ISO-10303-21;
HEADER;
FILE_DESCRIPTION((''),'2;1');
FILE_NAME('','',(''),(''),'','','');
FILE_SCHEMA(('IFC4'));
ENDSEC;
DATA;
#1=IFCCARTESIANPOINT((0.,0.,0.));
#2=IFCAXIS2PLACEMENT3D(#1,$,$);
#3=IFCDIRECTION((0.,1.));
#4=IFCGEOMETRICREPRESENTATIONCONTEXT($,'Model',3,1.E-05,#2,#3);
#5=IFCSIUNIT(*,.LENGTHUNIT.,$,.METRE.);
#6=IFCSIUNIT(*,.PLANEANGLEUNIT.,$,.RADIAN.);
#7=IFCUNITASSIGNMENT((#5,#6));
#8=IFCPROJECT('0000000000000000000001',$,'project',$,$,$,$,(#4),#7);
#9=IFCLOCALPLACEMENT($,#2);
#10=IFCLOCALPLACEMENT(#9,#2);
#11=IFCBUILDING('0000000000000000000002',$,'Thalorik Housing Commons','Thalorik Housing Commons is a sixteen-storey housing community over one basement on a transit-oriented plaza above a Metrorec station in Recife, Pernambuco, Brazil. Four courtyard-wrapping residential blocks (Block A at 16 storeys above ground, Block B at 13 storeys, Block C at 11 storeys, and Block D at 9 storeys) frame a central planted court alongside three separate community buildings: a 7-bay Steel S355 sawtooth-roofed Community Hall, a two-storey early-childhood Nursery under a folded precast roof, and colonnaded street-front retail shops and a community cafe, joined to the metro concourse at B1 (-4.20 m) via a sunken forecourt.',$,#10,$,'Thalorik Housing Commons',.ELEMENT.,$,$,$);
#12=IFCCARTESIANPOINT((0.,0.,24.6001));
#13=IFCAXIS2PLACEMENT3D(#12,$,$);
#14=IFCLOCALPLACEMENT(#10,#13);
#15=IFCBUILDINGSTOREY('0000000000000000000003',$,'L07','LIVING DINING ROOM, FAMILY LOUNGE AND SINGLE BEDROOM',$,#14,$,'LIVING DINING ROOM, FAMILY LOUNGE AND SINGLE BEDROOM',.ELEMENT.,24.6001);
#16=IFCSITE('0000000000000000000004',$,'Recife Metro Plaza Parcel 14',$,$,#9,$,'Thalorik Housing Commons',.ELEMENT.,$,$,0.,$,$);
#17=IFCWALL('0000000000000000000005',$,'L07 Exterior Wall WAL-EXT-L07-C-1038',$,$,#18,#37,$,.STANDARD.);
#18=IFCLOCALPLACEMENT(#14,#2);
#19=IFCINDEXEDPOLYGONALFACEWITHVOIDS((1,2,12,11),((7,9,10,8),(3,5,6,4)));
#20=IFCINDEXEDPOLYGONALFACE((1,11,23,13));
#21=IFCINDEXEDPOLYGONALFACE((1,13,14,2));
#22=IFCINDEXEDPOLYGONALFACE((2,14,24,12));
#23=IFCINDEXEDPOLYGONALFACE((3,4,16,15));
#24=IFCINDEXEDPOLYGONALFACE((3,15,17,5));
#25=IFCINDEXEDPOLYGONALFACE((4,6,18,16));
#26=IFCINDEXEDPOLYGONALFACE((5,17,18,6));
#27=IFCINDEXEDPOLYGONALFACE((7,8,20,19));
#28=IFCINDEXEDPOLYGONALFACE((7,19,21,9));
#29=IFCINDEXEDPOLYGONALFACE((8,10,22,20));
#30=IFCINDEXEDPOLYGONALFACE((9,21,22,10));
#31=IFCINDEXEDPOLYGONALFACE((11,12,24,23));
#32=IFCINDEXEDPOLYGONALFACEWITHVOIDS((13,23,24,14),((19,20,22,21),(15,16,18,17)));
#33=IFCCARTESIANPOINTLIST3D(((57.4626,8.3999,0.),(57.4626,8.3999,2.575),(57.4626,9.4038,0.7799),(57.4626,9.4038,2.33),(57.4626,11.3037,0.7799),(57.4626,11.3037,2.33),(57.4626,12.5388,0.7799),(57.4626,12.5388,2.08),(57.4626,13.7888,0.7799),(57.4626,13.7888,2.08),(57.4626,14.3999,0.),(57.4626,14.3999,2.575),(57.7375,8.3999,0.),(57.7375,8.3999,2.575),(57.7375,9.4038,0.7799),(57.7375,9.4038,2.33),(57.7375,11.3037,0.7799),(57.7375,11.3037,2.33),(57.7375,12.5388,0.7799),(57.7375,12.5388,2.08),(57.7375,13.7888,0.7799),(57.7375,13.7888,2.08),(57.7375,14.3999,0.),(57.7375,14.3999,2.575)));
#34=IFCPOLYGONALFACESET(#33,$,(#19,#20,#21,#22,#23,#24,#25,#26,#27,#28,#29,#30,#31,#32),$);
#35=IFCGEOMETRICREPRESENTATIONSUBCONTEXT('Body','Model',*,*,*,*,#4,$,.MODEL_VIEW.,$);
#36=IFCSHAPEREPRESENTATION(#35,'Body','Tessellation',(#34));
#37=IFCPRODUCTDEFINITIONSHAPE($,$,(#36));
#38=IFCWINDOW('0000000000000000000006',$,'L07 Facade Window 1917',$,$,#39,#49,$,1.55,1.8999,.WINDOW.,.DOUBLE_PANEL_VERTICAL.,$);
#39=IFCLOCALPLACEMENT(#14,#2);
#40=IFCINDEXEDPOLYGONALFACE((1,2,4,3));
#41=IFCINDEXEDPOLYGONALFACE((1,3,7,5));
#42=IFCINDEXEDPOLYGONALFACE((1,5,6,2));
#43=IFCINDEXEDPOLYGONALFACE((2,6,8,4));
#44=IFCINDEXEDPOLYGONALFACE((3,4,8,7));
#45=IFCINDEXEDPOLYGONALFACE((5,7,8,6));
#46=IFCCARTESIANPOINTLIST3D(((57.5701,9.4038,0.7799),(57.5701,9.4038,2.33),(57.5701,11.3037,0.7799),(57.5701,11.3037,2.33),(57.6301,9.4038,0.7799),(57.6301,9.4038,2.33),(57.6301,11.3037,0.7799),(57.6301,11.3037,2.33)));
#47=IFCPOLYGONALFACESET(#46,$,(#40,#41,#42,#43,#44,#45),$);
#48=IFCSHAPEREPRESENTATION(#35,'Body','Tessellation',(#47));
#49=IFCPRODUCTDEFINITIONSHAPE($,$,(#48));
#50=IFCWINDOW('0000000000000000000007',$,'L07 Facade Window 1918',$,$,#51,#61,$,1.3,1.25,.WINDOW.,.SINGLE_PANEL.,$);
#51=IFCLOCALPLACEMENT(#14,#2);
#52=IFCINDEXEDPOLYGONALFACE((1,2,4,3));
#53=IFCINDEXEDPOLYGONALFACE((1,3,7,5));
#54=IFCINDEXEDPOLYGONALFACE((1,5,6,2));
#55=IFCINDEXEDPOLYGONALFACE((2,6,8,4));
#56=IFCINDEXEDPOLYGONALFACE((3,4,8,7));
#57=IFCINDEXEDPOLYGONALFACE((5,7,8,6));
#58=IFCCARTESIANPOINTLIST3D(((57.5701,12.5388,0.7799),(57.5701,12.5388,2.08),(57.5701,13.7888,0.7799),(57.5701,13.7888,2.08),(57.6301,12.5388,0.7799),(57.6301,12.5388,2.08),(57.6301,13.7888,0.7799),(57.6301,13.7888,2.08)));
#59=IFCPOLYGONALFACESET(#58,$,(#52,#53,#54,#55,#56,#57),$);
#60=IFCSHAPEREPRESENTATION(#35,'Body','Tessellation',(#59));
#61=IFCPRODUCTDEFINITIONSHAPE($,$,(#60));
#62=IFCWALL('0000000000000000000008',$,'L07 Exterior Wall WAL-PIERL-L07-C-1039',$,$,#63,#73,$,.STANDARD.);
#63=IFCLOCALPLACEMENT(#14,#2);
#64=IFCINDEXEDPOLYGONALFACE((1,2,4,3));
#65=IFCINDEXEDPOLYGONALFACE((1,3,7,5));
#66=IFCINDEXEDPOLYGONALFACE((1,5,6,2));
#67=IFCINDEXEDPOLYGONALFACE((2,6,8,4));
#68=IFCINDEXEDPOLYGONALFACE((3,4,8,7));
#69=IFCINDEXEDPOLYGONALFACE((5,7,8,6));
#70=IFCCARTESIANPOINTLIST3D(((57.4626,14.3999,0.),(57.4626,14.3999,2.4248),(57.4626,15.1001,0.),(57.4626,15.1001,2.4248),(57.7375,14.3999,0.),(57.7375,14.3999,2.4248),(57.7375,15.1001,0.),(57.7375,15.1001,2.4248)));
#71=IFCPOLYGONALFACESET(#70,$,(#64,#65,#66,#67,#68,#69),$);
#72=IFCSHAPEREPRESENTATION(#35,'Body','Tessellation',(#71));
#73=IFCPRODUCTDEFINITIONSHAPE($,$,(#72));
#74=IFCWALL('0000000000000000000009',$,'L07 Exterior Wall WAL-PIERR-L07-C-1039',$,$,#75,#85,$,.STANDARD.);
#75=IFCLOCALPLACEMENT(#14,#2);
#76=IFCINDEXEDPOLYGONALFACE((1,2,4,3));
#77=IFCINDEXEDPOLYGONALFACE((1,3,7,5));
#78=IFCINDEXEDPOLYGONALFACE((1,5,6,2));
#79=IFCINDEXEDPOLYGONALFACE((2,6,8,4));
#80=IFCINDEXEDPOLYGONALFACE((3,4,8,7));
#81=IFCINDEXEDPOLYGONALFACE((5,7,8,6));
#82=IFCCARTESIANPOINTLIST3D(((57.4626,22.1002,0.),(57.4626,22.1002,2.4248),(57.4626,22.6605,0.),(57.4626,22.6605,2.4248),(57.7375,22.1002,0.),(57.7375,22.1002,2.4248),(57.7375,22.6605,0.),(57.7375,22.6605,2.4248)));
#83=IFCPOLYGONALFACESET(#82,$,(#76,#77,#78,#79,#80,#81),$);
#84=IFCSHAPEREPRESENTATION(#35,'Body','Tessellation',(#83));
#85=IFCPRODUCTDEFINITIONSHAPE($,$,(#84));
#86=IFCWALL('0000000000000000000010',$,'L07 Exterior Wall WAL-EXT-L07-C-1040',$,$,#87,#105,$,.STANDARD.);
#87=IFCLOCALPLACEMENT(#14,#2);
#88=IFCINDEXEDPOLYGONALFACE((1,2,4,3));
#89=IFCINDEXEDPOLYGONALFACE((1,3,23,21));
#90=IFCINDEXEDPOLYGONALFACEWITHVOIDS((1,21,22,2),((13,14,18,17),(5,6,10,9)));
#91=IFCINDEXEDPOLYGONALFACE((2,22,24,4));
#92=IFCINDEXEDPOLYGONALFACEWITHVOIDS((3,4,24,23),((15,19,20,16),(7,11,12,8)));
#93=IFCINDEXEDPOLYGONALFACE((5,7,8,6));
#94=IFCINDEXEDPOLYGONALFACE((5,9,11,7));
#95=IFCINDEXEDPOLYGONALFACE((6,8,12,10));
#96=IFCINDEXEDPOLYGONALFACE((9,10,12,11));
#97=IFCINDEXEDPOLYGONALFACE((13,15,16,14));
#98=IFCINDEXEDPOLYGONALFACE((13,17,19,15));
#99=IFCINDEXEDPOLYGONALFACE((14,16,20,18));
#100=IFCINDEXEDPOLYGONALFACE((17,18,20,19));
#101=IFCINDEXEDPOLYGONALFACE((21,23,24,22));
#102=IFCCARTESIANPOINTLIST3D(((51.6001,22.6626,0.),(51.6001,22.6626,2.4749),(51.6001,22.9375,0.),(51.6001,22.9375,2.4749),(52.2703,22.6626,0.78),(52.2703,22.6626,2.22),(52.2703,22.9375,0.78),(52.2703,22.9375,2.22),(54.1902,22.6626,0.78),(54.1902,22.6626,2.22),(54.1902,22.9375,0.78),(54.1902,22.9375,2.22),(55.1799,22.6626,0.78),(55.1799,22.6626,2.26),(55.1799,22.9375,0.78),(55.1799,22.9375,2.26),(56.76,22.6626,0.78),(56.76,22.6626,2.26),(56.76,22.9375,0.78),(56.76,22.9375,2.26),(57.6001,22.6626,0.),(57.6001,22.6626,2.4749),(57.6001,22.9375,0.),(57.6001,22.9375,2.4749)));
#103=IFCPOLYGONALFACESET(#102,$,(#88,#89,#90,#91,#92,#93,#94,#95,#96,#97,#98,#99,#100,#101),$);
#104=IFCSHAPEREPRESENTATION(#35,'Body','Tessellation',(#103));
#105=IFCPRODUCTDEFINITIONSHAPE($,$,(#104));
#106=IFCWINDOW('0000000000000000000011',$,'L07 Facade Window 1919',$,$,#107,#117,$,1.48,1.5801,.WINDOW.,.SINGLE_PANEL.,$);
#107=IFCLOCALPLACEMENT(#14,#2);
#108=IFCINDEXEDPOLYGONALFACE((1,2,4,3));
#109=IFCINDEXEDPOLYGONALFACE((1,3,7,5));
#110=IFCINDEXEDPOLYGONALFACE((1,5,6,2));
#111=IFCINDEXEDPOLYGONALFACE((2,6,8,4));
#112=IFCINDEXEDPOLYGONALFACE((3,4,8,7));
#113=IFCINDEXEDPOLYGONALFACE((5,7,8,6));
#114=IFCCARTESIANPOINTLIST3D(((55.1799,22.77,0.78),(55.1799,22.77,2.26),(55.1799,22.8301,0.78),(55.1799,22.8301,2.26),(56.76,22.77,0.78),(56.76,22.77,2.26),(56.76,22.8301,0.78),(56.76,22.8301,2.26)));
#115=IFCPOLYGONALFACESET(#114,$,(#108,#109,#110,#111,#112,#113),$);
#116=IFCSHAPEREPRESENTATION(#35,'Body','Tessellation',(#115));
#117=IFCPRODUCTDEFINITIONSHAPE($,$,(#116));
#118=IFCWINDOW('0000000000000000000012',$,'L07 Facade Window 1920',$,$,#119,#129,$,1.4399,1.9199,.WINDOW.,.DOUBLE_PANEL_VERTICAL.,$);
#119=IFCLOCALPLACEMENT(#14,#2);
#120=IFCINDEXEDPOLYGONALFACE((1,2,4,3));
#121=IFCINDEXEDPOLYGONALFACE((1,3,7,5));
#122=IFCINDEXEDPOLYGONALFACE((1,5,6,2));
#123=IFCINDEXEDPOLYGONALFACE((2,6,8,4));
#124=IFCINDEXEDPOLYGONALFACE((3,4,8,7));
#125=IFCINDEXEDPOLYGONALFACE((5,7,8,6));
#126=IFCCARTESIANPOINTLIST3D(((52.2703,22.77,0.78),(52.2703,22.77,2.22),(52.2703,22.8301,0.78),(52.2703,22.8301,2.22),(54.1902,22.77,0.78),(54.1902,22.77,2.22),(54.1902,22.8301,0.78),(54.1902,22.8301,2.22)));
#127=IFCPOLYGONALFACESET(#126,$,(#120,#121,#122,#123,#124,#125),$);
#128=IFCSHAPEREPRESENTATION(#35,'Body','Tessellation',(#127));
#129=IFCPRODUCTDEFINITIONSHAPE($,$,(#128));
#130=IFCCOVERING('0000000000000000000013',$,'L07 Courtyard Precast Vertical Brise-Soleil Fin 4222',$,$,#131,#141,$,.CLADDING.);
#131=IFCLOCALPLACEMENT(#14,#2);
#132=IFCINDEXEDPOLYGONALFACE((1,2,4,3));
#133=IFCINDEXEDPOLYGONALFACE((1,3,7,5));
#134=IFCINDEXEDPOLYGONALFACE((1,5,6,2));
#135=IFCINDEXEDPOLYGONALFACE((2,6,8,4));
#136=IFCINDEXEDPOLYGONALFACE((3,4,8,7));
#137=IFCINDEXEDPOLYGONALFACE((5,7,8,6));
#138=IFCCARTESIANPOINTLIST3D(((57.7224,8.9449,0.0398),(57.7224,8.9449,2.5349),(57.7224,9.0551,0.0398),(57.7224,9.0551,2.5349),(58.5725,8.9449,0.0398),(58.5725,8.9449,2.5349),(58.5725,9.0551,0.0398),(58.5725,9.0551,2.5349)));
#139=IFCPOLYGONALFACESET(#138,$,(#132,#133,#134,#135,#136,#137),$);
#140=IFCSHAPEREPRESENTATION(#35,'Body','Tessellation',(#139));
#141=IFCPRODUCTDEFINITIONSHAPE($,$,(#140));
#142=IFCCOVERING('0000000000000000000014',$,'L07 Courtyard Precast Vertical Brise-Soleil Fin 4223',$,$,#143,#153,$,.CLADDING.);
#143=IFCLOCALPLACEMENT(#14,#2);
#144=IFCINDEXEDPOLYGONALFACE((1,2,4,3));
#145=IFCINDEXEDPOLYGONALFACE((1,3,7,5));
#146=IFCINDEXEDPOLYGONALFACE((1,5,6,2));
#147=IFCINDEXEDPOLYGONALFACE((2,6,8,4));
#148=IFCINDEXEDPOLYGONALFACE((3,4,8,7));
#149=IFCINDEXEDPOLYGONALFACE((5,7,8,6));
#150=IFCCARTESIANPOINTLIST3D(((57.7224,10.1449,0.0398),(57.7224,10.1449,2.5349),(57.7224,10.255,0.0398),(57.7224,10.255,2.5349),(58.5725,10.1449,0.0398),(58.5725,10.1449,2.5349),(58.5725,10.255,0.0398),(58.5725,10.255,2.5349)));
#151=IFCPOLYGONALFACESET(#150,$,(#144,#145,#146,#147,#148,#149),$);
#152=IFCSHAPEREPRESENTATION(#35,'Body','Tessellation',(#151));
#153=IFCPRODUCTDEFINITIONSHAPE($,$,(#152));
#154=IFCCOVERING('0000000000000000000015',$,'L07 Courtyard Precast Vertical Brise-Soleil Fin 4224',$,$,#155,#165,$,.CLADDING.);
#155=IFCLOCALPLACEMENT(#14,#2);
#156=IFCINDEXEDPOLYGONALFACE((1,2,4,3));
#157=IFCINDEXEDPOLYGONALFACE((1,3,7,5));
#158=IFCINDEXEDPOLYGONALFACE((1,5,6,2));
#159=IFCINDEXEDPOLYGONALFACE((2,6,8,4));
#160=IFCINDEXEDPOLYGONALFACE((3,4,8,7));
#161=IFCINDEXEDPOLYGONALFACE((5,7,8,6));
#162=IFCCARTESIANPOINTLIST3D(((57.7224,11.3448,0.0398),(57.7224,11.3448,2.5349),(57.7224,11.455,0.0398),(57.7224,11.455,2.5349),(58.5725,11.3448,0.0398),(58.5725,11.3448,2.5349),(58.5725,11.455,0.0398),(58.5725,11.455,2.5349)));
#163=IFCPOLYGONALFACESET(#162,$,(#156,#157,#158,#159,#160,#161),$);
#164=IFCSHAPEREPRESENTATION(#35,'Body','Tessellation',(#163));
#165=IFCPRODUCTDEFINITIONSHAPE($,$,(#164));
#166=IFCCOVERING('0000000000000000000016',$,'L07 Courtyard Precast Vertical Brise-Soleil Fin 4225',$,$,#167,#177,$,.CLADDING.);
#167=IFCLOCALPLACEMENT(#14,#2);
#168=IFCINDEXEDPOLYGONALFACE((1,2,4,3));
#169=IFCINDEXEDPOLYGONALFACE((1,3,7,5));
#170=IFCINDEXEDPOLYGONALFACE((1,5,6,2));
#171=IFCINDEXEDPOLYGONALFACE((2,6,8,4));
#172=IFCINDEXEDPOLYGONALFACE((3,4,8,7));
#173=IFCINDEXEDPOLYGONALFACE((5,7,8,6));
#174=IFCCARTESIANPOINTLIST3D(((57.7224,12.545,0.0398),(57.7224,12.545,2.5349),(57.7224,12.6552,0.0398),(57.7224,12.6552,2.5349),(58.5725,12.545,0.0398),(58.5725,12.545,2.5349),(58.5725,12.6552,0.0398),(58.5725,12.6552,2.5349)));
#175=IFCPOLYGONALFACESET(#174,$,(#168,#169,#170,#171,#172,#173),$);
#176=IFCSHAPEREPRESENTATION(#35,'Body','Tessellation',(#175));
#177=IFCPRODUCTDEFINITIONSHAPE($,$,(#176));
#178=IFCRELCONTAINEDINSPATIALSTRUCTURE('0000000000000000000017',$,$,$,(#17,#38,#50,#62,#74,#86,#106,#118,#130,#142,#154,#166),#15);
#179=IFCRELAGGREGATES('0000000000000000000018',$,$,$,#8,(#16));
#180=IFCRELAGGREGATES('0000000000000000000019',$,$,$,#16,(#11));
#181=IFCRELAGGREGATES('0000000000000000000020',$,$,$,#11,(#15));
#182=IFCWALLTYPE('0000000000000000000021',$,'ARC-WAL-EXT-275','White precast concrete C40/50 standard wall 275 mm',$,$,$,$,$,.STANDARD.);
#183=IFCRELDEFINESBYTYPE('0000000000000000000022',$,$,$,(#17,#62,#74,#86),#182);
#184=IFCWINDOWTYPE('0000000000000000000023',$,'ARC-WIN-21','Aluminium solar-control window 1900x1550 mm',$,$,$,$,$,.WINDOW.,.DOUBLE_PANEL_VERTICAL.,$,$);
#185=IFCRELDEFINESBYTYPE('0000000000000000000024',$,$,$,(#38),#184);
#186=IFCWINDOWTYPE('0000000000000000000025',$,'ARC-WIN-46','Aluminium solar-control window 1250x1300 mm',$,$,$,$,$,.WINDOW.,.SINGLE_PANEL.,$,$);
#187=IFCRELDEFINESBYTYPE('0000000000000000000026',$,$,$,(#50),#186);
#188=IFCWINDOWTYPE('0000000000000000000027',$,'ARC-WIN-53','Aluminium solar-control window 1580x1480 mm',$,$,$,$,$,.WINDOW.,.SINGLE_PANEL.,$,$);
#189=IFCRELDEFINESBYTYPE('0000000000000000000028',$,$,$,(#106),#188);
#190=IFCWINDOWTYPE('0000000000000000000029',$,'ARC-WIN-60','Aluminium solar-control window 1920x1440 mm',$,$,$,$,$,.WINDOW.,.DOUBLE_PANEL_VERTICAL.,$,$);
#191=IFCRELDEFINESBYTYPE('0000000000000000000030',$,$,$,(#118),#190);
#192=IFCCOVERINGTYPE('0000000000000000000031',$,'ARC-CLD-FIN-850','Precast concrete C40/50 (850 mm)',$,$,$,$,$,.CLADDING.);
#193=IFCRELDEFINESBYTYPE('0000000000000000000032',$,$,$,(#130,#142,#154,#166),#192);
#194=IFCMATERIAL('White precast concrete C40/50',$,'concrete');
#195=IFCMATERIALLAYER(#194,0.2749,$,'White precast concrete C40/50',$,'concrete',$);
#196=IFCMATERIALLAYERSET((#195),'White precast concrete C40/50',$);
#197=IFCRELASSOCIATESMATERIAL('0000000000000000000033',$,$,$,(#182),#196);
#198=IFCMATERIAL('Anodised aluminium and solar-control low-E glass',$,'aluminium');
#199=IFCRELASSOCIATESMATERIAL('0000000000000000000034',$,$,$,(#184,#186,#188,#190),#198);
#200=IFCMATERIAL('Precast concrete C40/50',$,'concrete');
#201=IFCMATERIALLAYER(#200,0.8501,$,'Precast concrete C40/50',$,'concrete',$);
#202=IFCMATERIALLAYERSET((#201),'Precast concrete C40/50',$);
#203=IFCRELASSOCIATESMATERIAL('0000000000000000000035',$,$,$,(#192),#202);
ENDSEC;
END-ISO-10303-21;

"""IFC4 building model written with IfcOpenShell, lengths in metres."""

from ifc_helpers import new_model, si_unit, direction, frame, frame_2d, origin, origin_2d, place, context, subcontext, project, spatial, rectangle, extrude, material, layer, layer_set, type_object, element, fill, save


model = new_model("IFC4")

# Units and contexts
model_context = context("Model", 3, precision=1e-05, world=origin(), true_north=direction((0.0, 1.0)))
body_context = subcontext(model_context, "Body", "Model", "MODEL_VIEW")
ifc_project = project(units=[si_unit("LENGTHUNIT", "METRE"), si_unit("PLANEANGLEUNIT", "RADIAN")], contexts=[model_context])

# Site, building, storey
site_placement = place(None, origin())
site = spatial("IfcSite", under=ifc_project, at=site_placement, Name="Recife Metro Plaza Parcel 14", LongName="Thalorik Housing Commons", CompositionType="ELEMENT", RefElevation=0.0)
building_placement = place(site_placement, origin())
building = spatial("IfcBuilding", under=site, at=building_placement, Name="Thalorik Housing Commons", Description="Thalorik Housing Commons is a sixteen-storey housing community over one basement on a transit-oriented plaza above a Metrorec station in Recife, Pernambuco, Brazil. Four courtyard-wrapping residential blocks (Block A at 16 storeys above ground, Block B at 13 storeys, Block C at 11 storeys, and Block D at 9 storeys) frame a central planted court alongside three separate community buildings: a 7-bay Steel S355 sawtooth-roofed Community Hall, a two-storey early-childhood Nursery under a folded precast roof, and colonnaded street-front retail shops and a community cafe, joined to the metro concourse at B1 (-4.20 m) via a sunken forecourt.", LongName="Thalorik Housing Commons", CompositionType="ELEMENT")
storey_placement = place(building_placement, frame((0.0, 0.0, 24.6001)))
storey = spatial("IfcBuildingStorey", under=building, at=storey_placement, Name="L07", Description="LIVING DINING ROOM, FAMILY LOUNGE AND SINGLE BEDROOM", LongName="LIVING DINING ROOM, FAMILY LOUNGE AND SINGLE BEDROOM", CompositionType="ELEMENT", Elevation=24.6001)

# Shared definitions
ifc_material_1 = material(Name="Precast concrete C40/50", Category="concrete")

# Shared definitions
ifc_material_2 = material(Name="Anodised aluminium and solar-control low-E glass", Category="aluminium")

# Wall, openings, windows
ifc_material_3 = material(Name="White precast concrete C40/50", Category="concrete")
ifc_layer_1 = layer(ifc_material_3, 0.2749, Name="White precast concrete C40/50", Category="concrete")
ifc_layer_set_1 = layer_set([ifc_layer_1], Name="White precast concrete C40/50")
wall_type = type_object("IfcWallType", Name="ARC-WAL-EXT-275", Description="White precast concrete C40/50 standard wall 275 mm", PredefinedType="STANDARD", material=ifc_layer_set_1)
wall_1_placement = place(storey_placement, frame((57.6001, 8.3999, 0.0), z_axis=(0.0, 0.0, 1.0), x_axis=(0.0, 1.0, 0.0)))
wall_1 = element("IfcWall", 1, at=wall_1_placement, inside=storey, type_object=wall_type, Name="L07 Exterior Wall WAL-EXT-L07-C-1038", PredefinedType="STANDARD", context=body_context, shape_type="SweptSolid", body=[
    extrude(rectangle(XDim=6.0, YDim=0.2749, at=frame_2d((3.0, 0.0))), origin(), (0.0, 0.0, 1.0), 2.575),
])
opening_1_placement = place(wall_1_placement, frame((1.0039, 0.0, 0.78)))
opening_1 = element("IfcOpeningElement", 2, at=opening_1_placement, cuts=wall_1, PredefinedType="OPENING", context=body_context, shape_type="SweptSolid", body=[
    extrude(rectangle(XDim=1.8999, YDim=1.55, at=frame_2d((0.95, 0.7749))), frame((0.0, 0.1475, 0.0), z_axis=(0.0, -1.0, 0.0), x_axis=(1.0, 0.0, 0.0)), (0.0, 0.0, 1.0), 0.2949),
])
opening_2_placement = place(wall_1_placement, frame((4.1389, 0.0, 0.78)))
opening_2 = element("IfcOpeningElement", 3, at=opening_2_placement, cuts=wall_1, PredefinedType="OPENING", context=body_context, shape_type="SweptSolid", body=[
    extrude(rectangle(XDim=1.25, YDim=1.3, at=frame_2d((0.625, 0.6499))), frame((0.0, 0.1475, 0.0), z_axis=(0.0, -1.0, 0.0), x_axis=(1.0, 0.0, 0.0)), (0.0, 0.0, 1.0), 0.2949),
])
window_type_1 = type_object("IfcWindowType", Name="ARC-WIN-21", Description="Aluminium solar-control window 1900x1550 mm", PartitioningType="DOUBLE_PANEL_VERTICAL", PredefinedType="WINDOW", material=ifc_material_2)
window_1_placement = place(opening_1_placement, origin())
window_1 = element("IfcWindow", 4, at=window_1_placement, inside=storey, type_object=window_type_1, Name="L07 Facade Window 1917", OverallHeight=1.55, OverallWidth=1.8999, PartitioningType="DOUBLE_PANEL_VERTICAL", PredefinedType="WINDOW", context=body_context, shape_type="SweptSolid", body=[
    extrude(rectangle(XDim=1.8999, YDim=1.55, at=frame_2d((0.95, 0.7749))), frame((0.0, 0.03, 0.0), z_axis=(0.0, -1.0, 0.0), x_axis=(1.0, 0.0, 0.0)), (0.0, 0.0, 1.0), 0.0601),
])
fill(opening_1, window_1)
window_type_2 = type_object("IfcWindowType", Name="ARC-WIN-46", Description="Aluminium solar-control window 1250x1300 mm", PartitioningType="SINGLE_PANEL", PredefinedType="WINDOW", material=ifc_material_2)
window_2_placement = place(opening_2_placement, origin())
window_2 = element("IfcWindow", 5, at=window_2_placement, inside=storey, type_object=window_type_2, Name="L07 Facade Window 1918", OverallHeight=1.3, OverallWidth=1.25, PartitioningType="SINGLE_PANEL", PredefinedType="WINDOW", context=body_context, shape_type="SweptSolid", body=[
    extrude(rectangle(XDim=1.25, YDim=1.3, at=frame_2d((0.625, 0.6499))), frame((0.0, 0.03, 0.0), z_axis=(0.0, -1.0, 0.0), x_axis=(1.0, 0.0, 0.0)), (0.0, 0.0, 1.0), 0.0601),
])
fill(opening_2, window_2)

# Walls
wall_2_placement = place(storey_placement, frame((57.6001, 14.3999, 0.0), z_axis=(0.0, 0.0, 1.0), x_axis=(0.0, 1.0, 0.0)))
element("IfcWall", 6, at=wall_2_placement, inside=storey, type_object=wall_type, Name="L07 Exterior Wall WAL-PIERL-L07-C-1039", PredefinedType="STANDARD", context=body_context, shape_type="SweptSolid", body=[
    extrude(rectangle(XDim=0.7002, YDim=0.2749, at=frame_2d((0.3501, 0.0))), origin(), (0.0, 0.0, 1.0), 2.4248),
])
wall_3_placement = place(storey_placement, frame((57.6001, 22.1001, 0.0), z_axis=(0.0, 0.0, 1.0), x_axis=(0.0, 1.0, 0.0)))
element("IfcWall", 7, at=wall_3_placement, inside=storey, type_object=wall_type, Name="L07 Exterior Wall WAL-PIERR-L07-C-1039", PredefinedType="STANDARD", context=body_context, shape_type="SweptSolid", body=[
    extrude(rectangle(XDim=0.5603, YDim=0.2749, at=frame_2d((0.2803, 0.0))), origin(), (0.0, 0.0, 1.0), 2.4248),
])

# Wall, openings, windows
wall_4_placement = place(storey_placement, frame((57.6001, 22.8, 0.0), z_axis=(0.0, 0.0, 1.0), x_axis=(-1.0, 0.0, 0.0)))
wall_4 = element("IfcWall", 8, at=wall_4_placement, inside=storey, type_object=wall_type, Name="L07 Exterior Wall WAL-EXT-L07-C-1040", PredefinedType="STANDARD", context=body_context, shape_type="SweptSolid", body=[
    extrude(rectangle(XDim=6.0, YDim=0.2749, at=frame_2d((3.0, 0.0))), origin(), (0.0, 0.0, 1.0), 2.4749),
])
opening_3_placement = place(wall_4_placement, frame((0.8401, 0.0, 0.78)))
opening_3 = element("IfcOpeningElement", 9, at=opening_3_placement, cuts=wall_4, PredefinedType="OPENING", context=body_context, shape_type="SweptSolid", body=[
    extrude(rectangle(XDim=1.5801, YDim=1.48, at=frame_2d((0.79, 0.74))), frame((0.0, 0.1475, 0.0), z_axis=(0.0, -1.0, 0.0), x_axis=(1.0, 0.0, 0.0)), (0.0, 0.0, 1.0), 0.2949),
])
opening_4_placement = place(wall_4_placement, frame((3.4099, 0.0, 0.78)))
opening_4 = element("IfcOpeningElement", 10, at=opening_4_placement, cuts=wall_4, PredefinedType="OPENING", context=body_context, shape_type="SweptSolid", body=[
    extrude(rectangle(XDim=1.9199, YDim=1.4399, at=frame_2d((0.96, 0.72))), frame((0.0, 0.1475, 0.0), z_axis=(0.0, -1.0, 0.0), x_axis=(1.0, 0.0, 0.0)), (0.0, 0.0, 1.0), 0.2949),
])
window_type_3 = type_object("IfcWindowType", Name="ARC-WIN-53", Description="Aluminium solar-control window 1580x1480 mm", PartitioningType="SINGLE_PANEL", PredefinedType="WINDOW", material=ifc_material_2)
window_3_placement = place(opening_3_placement, origin())
window_3 = element("IfcWindow", 11, at=window_3_placement, inside=storey, type_object=window_type_3, Name="L07 Facade Window 1919", OverallHeight=1.48, OverallWidth=1.5801, PartitioningType="SINGLE_PANEL", PredefinedType="WINDOW", context=body_context, shape_type="SweptSolid", body=[
    extrude(rectangle(XDim=1.5801, YDim=1.48, at=frame_2d((0.79, 0.74))), frame((0.0, 0.03, 0.0), z_axis=(0.0, -1.0, 0.0), x_axis=(1.0, 0.0, 0.0)), (0.0, 0.0, 1.0), 0.0601),
])
fill(opening_3, window_3)
window_type_4 = type_object("IfcWindowType", Name="ARC-WIN-60", Description="Aluminium solar-control window 1920x1440 mm", PartitioningType="DOUBLE_PANEL_VERTICAL", PredefinedType="WINDOW", material=ifc_material_2)
window_4_placement = place(opening_4_placement, origin())
window_4 = element("IfcWindow", 12, at=window_4_placement, inside=storey, type_object=window_type_4, Name="L07 Facade Window 1920", OverallHeight=1.4399, OverallWidth=1.9199, PartitioningType="DOUBLE_PANEL_VERTICAL", PredefinedType="WINDOW", context=body_context, shape_type="SweptSolid", body=[
    extrude(rectangle(XDim=1.9199, YDim=1.4399, at=frame_2d((0.96, 0.72))), frame((0.0, 0.03, 0.0), z_axis=(0.0, -1.0, 0.0), x_axis=(1.0, 0.0, 0.0)), (0.0, 0.0, 1.0), 0.0601),
])
fill(opening_4, window_4)

# Coverings
ifc_layer_2 = layer(ifc_material_1, 0.8501, Name="Precast concrete C40/50", Category="concrete")
ifc_layer_set_2 = layer_set([ifc_layer_2], Name="Precast concrete C40/50")
covering_type_1 = type_object("IfcCoveringType", Name="ARC-CLD-FIN-850", Description="Precast concrete C40/50 (850 mm)", PredefinedType="CLADDING", material=ifc_layer_set_2)
for number, where, z_axis, x_axis, name in (
    (13, (58.1475, 9.0, 0.0398), (0.0, 0.0, 1.0), (0.0, 1.0, 0.0), "L07 Courtyard Precast Vertical Brise-Soleil Fin 4222"),
    (14, (58.1475, 10.2, 0.0398), (0.0, 0.0, 1.0), (0.0, 1.0, 0.0), "L07 Courtyard Precast Vertical Brise-Soleil Fin 4223"),
    (15, (58.1475, 11.3999, 0.0398), (0.0, 0.0, 1.0), (0.0, 1.0, 0.0), "L07 Courtyard Precast Vertical Brise-Soleil Fin 4224"),
    (16, (58.1475, 12.6001, 0.0398), (0.0, 0.0, 1.0), (0.0, 1.0, 0.0), "L07 Courtyard Precast Vertical Brise-Soleil Fin 4225"),
):
    element("IfcCovering", number, at=place(storey_placement, frame(where, z_axis=z_axis, x_axis=x_axis)), inside=storey, type_object=covering_type_1, Name=name, PredefinedType="CLADDING", context=body_context, shape_type="SweptSolid", body=[
        extrude(rectangle(XDim=0.1101, YDim=0.8501, at=origin_2d()), origin(), (0.0, 0.0, 1.0), 2.4951),
    ])

save(model, "model.ifc")
